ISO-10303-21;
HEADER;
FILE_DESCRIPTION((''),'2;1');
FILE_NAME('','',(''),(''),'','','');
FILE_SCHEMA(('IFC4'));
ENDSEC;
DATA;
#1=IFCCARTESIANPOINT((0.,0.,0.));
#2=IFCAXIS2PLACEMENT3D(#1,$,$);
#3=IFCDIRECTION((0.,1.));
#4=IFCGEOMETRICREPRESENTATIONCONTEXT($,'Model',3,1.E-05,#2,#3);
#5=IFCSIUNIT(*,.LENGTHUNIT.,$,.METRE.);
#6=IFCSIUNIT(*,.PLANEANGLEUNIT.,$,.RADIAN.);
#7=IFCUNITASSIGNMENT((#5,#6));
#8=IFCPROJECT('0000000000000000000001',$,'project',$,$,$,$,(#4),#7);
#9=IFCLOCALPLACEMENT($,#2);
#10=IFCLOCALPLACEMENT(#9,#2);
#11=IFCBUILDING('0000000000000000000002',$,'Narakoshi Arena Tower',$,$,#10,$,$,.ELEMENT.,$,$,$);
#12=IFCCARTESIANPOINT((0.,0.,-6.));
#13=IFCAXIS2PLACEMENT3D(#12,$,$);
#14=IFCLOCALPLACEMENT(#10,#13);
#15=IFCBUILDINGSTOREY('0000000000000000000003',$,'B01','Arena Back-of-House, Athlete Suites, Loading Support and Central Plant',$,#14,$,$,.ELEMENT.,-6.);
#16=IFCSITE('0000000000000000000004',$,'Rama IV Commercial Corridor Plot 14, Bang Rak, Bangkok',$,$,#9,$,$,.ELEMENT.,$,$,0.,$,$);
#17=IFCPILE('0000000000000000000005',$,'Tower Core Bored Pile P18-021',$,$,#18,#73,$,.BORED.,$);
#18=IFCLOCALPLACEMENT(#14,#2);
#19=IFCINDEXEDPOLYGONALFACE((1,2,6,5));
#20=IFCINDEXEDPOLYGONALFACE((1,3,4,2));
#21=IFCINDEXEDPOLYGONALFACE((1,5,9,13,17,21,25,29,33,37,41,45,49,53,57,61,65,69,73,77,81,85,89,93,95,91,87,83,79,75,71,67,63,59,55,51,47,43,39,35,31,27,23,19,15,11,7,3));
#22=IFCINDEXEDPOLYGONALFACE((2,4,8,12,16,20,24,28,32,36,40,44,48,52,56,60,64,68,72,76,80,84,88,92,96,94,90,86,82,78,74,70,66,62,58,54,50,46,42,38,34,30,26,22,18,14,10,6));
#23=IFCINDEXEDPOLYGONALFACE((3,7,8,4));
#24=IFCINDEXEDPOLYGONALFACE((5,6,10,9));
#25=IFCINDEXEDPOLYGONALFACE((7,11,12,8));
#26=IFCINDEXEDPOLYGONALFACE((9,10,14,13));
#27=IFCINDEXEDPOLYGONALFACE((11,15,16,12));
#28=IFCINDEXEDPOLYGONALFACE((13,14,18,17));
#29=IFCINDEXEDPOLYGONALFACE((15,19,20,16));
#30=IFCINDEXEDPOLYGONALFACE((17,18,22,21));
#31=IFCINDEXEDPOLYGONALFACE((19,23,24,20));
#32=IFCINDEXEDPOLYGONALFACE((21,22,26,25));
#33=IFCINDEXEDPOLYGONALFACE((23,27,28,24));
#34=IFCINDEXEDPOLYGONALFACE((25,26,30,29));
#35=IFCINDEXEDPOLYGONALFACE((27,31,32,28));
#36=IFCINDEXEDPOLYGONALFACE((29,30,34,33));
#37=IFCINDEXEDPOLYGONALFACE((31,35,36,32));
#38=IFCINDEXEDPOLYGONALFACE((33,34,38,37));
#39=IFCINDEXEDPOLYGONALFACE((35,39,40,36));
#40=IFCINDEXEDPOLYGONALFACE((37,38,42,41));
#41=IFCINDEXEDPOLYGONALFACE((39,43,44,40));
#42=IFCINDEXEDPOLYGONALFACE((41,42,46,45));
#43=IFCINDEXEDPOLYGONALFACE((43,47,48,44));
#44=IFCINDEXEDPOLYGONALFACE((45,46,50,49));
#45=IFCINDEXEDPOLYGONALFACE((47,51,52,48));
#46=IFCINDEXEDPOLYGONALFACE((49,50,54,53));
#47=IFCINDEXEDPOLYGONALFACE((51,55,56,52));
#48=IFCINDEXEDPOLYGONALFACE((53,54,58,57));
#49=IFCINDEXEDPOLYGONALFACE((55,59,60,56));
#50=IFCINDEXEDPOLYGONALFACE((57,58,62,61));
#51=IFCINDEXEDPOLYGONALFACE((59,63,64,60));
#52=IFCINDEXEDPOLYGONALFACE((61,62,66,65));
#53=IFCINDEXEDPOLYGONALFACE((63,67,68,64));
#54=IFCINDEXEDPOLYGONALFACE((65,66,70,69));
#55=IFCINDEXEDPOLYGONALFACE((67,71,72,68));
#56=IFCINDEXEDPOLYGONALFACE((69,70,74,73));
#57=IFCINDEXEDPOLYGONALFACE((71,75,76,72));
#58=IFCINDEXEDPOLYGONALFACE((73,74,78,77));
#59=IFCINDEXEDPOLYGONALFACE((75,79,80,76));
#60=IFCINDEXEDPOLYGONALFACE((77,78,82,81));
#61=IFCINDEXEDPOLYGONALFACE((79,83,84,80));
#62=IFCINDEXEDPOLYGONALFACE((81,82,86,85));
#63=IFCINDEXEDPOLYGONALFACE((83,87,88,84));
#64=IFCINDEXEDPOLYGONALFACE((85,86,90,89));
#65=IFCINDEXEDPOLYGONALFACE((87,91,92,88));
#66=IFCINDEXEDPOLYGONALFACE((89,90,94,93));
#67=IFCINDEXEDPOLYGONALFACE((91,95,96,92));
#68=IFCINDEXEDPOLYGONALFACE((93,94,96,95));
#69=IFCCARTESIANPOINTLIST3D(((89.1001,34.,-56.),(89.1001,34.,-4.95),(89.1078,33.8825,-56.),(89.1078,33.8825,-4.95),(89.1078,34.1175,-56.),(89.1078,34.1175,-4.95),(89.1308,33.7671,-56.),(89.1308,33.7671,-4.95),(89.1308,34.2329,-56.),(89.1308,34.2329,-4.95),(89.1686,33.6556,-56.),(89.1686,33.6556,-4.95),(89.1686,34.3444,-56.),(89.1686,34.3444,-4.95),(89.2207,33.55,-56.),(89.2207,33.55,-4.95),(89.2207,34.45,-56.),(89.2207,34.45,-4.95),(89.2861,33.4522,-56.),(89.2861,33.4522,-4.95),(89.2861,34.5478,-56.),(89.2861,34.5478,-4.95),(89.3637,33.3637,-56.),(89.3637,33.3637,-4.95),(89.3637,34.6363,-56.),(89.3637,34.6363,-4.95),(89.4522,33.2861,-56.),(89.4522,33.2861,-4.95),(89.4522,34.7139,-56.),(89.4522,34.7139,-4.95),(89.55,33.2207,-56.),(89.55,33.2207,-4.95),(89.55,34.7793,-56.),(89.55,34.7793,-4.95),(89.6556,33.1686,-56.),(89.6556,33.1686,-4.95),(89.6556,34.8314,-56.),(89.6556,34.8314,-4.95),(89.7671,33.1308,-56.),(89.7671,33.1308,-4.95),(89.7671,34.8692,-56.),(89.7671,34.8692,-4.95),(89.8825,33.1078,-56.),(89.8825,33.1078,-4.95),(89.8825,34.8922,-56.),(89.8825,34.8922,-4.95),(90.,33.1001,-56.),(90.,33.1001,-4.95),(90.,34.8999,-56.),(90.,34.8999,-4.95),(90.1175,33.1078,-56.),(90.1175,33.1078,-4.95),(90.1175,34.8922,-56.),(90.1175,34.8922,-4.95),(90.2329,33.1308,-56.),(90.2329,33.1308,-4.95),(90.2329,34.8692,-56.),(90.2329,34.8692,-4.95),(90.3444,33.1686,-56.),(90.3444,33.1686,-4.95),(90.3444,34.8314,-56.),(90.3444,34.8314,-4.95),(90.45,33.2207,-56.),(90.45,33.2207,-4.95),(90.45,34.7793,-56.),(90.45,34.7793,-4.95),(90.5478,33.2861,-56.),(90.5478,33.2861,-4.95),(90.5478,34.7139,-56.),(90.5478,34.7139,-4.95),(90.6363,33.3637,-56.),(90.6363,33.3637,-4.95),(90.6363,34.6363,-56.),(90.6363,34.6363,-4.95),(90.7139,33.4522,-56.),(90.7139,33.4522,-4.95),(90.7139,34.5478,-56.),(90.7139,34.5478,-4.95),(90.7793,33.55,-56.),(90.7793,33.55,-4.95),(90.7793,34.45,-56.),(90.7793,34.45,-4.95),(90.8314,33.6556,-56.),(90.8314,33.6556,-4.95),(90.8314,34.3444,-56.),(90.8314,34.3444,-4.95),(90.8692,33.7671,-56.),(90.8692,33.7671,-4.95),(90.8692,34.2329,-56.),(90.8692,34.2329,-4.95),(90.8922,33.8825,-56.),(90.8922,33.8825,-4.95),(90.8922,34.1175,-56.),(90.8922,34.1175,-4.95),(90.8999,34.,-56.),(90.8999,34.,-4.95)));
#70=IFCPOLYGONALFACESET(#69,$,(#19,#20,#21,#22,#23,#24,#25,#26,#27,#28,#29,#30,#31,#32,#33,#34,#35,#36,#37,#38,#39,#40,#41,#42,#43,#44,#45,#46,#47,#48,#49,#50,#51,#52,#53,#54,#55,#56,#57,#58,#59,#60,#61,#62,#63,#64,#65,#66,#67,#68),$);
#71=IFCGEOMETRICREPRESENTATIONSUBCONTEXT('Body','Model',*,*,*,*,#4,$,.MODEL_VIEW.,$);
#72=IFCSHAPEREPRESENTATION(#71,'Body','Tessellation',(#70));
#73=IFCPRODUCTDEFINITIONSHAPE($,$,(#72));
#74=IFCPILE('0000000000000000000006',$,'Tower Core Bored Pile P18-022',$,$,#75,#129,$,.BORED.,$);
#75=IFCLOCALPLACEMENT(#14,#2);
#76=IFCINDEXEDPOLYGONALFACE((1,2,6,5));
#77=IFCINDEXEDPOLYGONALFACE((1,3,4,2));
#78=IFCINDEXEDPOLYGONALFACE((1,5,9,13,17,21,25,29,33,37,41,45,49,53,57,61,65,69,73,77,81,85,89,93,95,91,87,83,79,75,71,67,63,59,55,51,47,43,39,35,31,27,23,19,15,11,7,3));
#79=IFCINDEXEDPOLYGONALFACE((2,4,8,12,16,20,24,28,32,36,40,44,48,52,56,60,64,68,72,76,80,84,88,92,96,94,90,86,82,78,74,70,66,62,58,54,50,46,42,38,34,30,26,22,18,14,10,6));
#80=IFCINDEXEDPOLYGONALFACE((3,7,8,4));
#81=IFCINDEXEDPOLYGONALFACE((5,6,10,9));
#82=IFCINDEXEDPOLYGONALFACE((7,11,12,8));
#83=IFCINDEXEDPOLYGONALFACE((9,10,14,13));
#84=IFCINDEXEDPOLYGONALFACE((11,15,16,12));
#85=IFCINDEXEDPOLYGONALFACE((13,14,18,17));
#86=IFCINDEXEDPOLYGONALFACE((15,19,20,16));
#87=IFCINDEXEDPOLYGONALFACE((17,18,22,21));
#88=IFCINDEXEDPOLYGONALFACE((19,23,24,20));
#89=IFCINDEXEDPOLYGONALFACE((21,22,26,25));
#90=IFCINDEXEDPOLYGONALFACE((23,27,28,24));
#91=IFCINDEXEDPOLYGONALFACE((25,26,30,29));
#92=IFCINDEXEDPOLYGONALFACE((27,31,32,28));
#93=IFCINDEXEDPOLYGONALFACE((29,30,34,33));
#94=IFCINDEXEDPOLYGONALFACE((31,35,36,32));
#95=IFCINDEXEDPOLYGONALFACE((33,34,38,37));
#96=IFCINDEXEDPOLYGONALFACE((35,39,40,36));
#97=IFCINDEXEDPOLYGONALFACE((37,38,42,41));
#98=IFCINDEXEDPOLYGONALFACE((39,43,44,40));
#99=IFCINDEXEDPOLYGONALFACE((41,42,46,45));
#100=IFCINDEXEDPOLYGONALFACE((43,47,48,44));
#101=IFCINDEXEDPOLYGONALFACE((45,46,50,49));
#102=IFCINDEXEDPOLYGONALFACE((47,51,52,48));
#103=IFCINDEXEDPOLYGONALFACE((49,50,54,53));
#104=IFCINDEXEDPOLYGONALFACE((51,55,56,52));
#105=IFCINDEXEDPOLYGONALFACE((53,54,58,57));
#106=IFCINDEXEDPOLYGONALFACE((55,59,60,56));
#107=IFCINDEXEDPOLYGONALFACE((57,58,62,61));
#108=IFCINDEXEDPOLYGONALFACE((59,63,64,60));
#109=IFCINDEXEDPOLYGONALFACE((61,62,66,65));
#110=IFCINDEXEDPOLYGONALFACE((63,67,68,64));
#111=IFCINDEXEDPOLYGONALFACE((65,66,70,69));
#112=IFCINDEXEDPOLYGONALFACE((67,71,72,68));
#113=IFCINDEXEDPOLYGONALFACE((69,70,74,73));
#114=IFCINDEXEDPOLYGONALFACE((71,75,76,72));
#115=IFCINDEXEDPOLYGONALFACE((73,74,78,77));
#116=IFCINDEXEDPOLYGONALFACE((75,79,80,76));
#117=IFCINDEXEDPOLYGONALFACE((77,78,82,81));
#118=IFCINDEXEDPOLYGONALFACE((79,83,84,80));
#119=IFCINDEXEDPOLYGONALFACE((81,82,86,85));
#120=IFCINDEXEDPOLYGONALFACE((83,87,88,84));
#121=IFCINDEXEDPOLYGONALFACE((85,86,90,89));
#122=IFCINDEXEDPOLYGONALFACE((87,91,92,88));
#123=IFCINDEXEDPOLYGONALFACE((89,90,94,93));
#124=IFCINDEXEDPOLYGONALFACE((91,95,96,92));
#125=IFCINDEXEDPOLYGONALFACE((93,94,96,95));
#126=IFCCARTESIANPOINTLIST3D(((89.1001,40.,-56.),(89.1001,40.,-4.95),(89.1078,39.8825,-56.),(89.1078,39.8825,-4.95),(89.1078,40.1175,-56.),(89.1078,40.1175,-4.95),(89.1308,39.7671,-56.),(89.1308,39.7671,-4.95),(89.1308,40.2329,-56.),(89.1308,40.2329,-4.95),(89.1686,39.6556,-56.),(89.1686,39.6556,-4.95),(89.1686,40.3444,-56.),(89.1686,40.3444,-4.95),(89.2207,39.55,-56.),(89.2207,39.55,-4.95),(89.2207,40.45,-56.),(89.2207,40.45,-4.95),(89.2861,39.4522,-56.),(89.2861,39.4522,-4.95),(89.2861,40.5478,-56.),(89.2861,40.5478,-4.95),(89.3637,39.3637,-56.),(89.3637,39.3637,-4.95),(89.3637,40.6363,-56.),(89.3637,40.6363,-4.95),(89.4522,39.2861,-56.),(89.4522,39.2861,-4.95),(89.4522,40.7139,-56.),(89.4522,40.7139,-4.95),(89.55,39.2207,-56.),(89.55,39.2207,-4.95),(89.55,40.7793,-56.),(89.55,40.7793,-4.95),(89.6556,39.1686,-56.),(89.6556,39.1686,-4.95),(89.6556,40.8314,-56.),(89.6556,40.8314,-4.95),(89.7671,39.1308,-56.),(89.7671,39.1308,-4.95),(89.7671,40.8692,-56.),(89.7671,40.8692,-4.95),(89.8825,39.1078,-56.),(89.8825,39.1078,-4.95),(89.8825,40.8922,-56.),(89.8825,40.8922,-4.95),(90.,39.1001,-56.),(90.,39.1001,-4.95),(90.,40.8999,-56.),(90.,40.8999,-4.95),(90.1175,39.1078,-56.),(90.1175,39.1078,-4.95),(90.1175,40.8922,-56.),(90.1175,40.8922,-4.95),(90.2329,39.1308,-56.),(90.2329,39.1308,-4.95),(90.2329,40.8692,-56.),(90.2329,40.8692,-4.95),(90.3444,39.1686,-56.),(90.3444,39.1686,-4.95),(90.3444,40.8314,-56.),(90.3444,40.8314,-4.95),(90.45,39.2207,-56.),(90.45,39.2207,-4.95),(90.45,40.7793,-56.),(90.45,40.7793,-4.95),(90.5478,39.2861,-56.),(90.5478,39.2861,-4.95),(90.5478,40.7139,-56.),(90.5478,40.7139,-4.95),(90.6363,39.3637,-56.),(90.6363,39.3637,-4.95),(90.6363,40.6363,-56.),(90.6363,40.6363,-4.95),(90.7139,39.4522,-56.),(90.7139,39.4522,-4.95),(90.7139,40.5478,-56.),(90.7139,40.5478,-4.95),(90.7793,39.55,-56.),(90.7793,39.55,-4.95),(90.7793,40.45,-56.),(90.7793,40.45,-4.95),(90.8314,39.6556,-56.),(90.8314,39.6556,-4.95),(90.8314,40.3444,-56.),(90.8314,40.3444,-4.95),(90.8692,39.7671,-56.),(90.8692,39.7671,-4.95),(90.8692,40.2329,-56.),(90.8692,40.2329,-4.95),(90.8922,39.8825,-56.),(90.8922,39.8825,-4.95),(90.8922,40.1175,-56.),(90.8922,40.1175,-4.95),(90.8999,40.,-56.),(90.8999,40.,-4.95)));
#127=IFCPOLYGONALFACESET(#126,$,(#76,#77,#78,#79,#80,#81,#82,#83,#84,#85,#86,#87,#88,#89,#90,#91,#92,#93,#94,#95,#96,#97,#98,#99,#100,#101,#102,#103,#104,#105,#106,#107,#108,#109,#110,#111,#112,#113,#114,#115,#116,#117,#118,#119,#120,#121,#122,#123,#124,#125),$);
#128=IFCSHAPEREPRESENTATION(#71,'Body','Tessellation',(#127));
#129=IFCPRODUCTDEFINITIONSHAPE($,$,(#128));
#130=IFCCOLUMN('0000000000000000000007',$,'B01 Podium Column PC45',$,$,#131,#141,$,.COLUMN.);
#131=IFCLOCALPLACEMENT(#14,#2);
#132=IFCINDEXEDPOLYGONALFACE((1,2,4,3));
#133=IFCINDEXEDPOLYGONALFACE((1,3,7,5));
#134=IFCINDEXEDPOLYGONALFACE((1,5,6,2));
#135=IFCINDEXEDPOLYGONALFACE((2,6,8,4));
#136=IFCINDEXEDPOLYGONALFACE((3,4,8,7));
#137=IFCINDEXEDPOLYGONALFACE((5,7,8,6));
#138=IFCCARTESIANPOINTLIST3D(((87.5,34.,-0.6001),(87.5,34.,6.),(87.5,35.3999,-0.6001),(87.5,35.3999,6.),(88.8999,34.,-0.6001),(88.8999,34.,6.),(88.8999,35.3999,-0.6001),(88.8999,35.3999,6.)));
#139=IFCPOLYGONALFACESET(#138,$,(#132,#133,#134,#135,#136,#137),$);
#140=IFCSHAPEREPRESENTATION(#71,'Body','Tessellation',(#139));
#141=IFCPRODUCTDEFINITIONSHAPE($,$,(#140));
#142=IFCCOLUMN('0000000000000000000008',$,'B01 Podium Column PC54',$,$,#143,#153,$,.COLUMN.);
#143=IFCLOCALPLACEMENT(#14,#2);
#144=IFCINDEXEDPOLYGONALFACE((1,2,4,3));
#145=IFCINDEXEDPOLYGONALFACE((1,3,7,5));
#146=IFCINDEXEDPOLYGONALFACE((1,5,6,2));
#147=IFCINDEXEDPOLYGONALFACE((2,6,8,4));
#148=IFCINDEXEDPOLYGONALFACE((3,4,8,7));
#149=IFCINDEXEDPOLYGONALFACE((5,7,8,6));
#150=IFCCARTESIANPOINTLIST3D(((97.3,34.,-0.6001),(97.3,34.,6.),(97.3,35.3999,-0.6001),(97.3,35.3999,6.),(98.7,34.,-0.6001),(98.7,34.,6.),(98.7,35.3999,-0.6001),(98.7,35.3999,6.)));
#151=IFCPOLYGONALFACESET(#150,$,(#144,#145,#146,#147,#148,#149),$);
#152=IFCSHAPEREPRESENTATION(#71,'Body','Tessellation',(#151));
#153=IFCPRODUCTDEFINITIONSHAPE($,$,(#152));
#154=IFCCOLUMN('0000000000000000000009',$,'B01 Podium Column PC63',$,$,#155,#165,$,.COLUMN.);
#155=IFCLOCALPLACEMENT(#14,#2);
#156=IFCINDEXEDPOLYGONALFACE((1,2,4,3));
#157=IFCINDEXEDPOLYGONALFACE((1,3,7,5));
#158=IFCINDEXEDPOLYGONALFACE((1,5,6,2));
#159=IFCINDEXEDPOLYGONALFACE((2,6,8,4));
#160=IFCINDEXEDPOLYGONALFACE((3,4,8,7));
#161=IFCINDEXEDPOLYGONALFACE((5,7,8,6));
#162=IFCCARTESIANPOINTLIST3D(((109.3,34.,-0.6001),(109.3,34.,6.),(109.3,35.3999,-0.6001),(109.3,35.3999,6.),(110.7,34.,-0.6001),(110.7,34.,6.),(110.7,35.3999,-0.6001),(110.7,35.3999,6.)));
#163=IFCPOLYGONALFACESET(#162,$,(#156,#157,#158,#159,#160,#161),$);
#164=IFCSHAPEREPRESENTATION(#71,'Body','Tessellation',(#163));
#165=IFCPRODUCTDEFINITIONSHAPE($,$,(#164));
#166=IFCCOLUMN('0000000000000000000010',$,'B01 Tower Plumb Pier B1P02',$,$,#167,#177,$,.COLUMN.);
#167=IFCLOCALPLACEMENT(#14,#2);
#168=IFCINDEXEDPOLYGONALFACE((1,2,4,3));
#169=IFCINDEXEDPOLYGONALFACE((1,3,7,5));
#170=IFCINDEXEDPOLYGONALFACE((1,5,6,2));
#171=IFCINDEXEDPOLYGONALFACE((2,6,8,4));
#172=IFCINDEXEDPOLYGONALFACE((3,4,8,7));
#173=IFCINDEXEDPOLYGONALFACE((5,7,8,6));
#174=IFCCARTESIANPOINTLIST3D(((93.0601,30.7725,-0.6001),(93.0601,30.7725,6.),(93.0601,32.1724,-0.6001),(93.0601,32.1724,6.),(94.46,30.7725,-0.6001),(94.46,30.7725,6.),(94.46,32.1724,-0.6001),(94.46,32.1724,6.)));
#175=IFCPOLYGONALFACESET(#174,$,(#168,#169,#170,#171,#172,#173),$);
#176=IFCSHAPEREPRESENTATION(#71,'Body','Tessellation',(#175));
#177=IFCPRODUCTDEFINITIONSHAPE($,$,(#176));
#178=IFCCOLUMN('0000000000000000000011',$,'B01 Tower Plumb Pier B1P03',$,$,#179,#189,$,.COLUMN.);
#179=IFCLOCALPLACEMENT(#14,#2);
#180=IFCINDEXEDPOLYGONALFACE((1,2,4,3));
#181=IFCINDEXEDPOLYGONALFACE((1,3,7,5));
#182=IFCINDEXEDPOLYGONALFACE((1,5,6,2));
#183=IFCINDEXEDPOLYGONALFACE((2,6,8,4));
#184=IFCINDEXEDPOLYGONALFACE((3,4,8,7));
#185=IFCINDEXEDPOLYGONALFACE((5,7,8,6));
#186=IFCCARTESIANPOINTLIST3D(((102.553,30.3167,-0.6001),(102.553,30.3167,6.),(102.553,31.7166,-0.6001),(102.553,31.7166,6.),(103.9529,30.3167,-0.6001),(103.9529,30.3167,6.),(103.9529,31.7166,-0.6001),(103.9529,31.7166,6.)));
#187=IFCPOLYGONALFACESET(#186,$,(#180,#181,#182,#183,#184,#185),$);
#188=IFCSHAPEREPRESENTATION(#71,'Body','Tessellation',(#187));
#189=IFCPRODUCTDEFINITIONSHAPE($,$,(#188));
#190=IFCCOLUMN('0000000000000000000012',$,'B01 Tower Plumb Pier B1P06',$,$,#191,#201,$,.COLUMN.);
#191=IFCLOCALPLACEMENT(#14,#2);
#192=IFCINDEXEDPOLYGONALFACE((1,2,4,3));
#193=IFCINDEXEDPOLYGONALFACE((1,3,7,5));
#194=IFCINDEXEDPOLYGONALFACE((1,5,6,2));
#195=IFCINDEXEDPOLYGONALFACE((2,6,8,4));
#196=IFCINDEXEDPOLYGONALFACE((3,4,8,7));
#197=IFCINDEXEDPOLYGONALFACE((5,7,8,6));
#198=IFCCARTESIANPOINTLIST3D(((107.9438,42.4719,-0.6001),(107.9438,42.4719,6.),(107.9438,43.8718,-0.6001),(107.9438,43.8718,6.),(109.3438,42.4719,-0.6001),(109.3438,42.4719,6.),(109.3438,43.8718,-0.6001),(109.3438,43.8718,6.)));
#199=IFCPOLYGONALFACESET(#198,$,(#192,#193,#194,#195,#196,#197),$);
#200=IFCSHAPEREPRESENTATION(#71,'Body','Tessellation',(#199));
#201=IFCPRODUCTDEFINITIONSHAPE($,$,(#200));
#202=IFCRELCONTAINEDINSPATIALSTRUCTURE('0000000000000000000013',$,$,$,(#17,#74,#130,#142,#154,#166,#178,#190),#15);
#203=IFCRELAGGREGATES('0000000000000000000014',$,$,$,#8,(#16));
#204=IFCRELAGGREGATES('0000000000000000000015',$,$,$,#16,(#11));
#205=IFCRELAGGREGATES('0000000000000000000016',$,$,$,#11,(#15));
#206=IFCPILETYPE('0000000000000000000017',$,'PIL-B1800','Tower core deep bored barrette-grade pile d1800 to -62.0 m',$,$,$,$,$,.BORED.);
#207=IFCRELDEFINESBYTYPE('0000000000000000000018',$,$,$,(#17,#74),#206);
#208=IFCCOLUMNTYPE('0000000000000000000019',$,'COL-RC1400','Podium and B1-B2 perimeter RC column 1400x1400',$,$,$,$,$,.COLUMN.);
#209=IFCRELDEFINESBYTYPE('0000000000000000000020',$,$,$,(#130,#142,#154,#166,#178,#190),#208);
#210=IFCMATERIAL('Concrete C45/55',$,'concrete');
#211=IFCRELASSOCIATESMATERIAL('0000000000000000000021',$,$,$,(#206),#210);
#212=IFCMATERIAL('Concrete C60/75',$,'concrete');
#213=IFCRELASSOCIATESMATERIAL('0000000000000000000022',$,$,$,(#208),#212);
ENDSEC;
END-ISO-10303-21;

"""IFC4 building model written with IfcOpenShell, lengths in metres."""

from ifc_helpers import new_model, si_unit, direction, frame, origin, origin_2d, place, context, subcontext, project, spatial, rectangle, circle, extrude, material, material_profile, profile_set, type_object, element, save


model = new_model("IFC4")

# Units and contexts
model_context = context("Model", 3, precision=1e-05, world=origin(), true_north=direction((0.0, 1.0)))
body_context = subcontext(model_context, "Body", "Model", "MODEL_VIEW")
ifc_project = project(units=[si_unit("LENGTHUNIT", "METRE"), si_unit("PLANEANGLEUNIT", "RADIAN")], contexts=[model_context])

# Site, building, storey
site_placement = place(None, origin())
site = spatial("IfcSite", under=ifc_project, at=site_placement, Name="Rama IV Commercial Corridor Plot 14, Bang Rak, Bangkok", CompositionType="ELEMENT", RefElevation=0.0)
building_placement = place(site_placement, origin())
building = spatial("IfcBuilding", under=site, at=building_placement, Name="Narakoshi Arena Tower", CompositionType="ELEMENT")
storey_placement = place(building_placement, frame((0.0, 0.0, -6.0)))
storey = spatial("IfcBuildingStorey", under=building, at=storey_placement, Name="B01", Description="Arena Back-of-House, Athlete Suites, Loading Support and Central Plant", CompositionType="ELEMENT", Elevation=-6.0)

# Piles
ifc_material_1 = material(Name="Concrete C45/55", Category="concrete")
ifc_material_profile_1 = material_profile(ifc_material_1, circle(Radius=0.8999, at=origin_2d()), Name="PILE-D1800")
ifc_profile_set_1 = profile_set([ifc_material_profile_1], Name="Concrete C45/55")
pile_type_1 = type_object("IfcPileType", Name="PIL-B1800", Description="Tower core deep bored barrette-grade pile d1800 to -62.0 m", PredefinedType="BORED", material=ifc_profile_set_1)
for number, where, z_axis, x_axis, name in (
    (1, (90.0, 34.0, -4.95), (0.0, 0.0, -1.0), (1.0, 0.0, 0.0), "Tower Core Bored Pile P18-021"),
    (2, (90.0, 40.0, -4.95), (0.0, 0.0, -1.0), (1.0, 0.0, 0.0), "Tower Core Bored Pile P18-022"),
):
    element("IfcPile", number, at=place(storey_placement, frame(where, z_axis=z_axis, x_axis=x_axis)), inside=storey, type_object=pile_type_1, Name=name, PredefinedType="BORED", context=body_context, shape_type="SweptSolid", body=[
        extrude(circle(Radius=0.8999, at=origin_2d()), origin(), (0.0, 0.0, 1.0), 51.05),
    ])

# Columns
ifc_material_2 = material(Name="Concrete C60/75", Category="concrete")
ifc_material_profile_2 = material_profile(ifc_material_2, rectangle(XDim=1.3999, YDim=1.3999, at=origin_2d()), Name="RC1400x1400")
ifc_profile_set_2 = profile_set([ifc_material_profile_2], Name="Concrete C60/75")
column_type = type_object("IfcColumnType", Name="COL-RC1400", Description="Podium and B1-B2 perimeter RC column 1400x1400", PredefinedType="COLUMN", material=ifc_profile_set_2)
for number, where, z_axis, x_axis, name in (
    (3, (88.2, 34.7, -0.6001), (0.0, 0.0, 1.0), (1.0, 0.0, 0.0), "B01 Podium Column PC45"),
    (4, (98.0, 34.7, -0.6001), (0.0, 0.0, 1.0), (1.0, 0.0, 0.0), "B01 Podium Column PC54"),
    (5, (110.0, 34.7, -0.6001), (0.0, 0.0, 1.0), (1.0, 0.0, 0.0), "B01 Podium Column PC63"),
    (6, (93.76, 31.4724, -0.6001), (0.0, 0.0, 1.0), (1.0, 0.0, 0.0), "B01 Tower Plumb Pier B1P02"),
    (7, (103.2529, 31.0166, -0.6001), (0.0, 0.0, 1.0), (1.0, 0.0, 0.0), "B01 Tower Plumb Pier B1P03"),
    (8, (108.6438, 43.1719, -0.6001), (0.0, 0.0, 1.0), (1.0, 0.0, 0.0), "B01 Tower Plumb Pier B1P06"),
):
    element("IfcColumn", number, at=place(storey_placement, frame(where, z_axis=z_axis, x_axis=x_axis)), inside=storey, type_object=column_type, Name=name, PredefinedType="COLUMN", context=body_context, shape_type="SweptSolid", body=[
        extrude(rectangle(XDim=1.3999, YDim=1.3999, at=origin_2d()), origin(), (0.0, 0.0, 1.0), 6.6001),
    ])

save(model, "model.ifc")
